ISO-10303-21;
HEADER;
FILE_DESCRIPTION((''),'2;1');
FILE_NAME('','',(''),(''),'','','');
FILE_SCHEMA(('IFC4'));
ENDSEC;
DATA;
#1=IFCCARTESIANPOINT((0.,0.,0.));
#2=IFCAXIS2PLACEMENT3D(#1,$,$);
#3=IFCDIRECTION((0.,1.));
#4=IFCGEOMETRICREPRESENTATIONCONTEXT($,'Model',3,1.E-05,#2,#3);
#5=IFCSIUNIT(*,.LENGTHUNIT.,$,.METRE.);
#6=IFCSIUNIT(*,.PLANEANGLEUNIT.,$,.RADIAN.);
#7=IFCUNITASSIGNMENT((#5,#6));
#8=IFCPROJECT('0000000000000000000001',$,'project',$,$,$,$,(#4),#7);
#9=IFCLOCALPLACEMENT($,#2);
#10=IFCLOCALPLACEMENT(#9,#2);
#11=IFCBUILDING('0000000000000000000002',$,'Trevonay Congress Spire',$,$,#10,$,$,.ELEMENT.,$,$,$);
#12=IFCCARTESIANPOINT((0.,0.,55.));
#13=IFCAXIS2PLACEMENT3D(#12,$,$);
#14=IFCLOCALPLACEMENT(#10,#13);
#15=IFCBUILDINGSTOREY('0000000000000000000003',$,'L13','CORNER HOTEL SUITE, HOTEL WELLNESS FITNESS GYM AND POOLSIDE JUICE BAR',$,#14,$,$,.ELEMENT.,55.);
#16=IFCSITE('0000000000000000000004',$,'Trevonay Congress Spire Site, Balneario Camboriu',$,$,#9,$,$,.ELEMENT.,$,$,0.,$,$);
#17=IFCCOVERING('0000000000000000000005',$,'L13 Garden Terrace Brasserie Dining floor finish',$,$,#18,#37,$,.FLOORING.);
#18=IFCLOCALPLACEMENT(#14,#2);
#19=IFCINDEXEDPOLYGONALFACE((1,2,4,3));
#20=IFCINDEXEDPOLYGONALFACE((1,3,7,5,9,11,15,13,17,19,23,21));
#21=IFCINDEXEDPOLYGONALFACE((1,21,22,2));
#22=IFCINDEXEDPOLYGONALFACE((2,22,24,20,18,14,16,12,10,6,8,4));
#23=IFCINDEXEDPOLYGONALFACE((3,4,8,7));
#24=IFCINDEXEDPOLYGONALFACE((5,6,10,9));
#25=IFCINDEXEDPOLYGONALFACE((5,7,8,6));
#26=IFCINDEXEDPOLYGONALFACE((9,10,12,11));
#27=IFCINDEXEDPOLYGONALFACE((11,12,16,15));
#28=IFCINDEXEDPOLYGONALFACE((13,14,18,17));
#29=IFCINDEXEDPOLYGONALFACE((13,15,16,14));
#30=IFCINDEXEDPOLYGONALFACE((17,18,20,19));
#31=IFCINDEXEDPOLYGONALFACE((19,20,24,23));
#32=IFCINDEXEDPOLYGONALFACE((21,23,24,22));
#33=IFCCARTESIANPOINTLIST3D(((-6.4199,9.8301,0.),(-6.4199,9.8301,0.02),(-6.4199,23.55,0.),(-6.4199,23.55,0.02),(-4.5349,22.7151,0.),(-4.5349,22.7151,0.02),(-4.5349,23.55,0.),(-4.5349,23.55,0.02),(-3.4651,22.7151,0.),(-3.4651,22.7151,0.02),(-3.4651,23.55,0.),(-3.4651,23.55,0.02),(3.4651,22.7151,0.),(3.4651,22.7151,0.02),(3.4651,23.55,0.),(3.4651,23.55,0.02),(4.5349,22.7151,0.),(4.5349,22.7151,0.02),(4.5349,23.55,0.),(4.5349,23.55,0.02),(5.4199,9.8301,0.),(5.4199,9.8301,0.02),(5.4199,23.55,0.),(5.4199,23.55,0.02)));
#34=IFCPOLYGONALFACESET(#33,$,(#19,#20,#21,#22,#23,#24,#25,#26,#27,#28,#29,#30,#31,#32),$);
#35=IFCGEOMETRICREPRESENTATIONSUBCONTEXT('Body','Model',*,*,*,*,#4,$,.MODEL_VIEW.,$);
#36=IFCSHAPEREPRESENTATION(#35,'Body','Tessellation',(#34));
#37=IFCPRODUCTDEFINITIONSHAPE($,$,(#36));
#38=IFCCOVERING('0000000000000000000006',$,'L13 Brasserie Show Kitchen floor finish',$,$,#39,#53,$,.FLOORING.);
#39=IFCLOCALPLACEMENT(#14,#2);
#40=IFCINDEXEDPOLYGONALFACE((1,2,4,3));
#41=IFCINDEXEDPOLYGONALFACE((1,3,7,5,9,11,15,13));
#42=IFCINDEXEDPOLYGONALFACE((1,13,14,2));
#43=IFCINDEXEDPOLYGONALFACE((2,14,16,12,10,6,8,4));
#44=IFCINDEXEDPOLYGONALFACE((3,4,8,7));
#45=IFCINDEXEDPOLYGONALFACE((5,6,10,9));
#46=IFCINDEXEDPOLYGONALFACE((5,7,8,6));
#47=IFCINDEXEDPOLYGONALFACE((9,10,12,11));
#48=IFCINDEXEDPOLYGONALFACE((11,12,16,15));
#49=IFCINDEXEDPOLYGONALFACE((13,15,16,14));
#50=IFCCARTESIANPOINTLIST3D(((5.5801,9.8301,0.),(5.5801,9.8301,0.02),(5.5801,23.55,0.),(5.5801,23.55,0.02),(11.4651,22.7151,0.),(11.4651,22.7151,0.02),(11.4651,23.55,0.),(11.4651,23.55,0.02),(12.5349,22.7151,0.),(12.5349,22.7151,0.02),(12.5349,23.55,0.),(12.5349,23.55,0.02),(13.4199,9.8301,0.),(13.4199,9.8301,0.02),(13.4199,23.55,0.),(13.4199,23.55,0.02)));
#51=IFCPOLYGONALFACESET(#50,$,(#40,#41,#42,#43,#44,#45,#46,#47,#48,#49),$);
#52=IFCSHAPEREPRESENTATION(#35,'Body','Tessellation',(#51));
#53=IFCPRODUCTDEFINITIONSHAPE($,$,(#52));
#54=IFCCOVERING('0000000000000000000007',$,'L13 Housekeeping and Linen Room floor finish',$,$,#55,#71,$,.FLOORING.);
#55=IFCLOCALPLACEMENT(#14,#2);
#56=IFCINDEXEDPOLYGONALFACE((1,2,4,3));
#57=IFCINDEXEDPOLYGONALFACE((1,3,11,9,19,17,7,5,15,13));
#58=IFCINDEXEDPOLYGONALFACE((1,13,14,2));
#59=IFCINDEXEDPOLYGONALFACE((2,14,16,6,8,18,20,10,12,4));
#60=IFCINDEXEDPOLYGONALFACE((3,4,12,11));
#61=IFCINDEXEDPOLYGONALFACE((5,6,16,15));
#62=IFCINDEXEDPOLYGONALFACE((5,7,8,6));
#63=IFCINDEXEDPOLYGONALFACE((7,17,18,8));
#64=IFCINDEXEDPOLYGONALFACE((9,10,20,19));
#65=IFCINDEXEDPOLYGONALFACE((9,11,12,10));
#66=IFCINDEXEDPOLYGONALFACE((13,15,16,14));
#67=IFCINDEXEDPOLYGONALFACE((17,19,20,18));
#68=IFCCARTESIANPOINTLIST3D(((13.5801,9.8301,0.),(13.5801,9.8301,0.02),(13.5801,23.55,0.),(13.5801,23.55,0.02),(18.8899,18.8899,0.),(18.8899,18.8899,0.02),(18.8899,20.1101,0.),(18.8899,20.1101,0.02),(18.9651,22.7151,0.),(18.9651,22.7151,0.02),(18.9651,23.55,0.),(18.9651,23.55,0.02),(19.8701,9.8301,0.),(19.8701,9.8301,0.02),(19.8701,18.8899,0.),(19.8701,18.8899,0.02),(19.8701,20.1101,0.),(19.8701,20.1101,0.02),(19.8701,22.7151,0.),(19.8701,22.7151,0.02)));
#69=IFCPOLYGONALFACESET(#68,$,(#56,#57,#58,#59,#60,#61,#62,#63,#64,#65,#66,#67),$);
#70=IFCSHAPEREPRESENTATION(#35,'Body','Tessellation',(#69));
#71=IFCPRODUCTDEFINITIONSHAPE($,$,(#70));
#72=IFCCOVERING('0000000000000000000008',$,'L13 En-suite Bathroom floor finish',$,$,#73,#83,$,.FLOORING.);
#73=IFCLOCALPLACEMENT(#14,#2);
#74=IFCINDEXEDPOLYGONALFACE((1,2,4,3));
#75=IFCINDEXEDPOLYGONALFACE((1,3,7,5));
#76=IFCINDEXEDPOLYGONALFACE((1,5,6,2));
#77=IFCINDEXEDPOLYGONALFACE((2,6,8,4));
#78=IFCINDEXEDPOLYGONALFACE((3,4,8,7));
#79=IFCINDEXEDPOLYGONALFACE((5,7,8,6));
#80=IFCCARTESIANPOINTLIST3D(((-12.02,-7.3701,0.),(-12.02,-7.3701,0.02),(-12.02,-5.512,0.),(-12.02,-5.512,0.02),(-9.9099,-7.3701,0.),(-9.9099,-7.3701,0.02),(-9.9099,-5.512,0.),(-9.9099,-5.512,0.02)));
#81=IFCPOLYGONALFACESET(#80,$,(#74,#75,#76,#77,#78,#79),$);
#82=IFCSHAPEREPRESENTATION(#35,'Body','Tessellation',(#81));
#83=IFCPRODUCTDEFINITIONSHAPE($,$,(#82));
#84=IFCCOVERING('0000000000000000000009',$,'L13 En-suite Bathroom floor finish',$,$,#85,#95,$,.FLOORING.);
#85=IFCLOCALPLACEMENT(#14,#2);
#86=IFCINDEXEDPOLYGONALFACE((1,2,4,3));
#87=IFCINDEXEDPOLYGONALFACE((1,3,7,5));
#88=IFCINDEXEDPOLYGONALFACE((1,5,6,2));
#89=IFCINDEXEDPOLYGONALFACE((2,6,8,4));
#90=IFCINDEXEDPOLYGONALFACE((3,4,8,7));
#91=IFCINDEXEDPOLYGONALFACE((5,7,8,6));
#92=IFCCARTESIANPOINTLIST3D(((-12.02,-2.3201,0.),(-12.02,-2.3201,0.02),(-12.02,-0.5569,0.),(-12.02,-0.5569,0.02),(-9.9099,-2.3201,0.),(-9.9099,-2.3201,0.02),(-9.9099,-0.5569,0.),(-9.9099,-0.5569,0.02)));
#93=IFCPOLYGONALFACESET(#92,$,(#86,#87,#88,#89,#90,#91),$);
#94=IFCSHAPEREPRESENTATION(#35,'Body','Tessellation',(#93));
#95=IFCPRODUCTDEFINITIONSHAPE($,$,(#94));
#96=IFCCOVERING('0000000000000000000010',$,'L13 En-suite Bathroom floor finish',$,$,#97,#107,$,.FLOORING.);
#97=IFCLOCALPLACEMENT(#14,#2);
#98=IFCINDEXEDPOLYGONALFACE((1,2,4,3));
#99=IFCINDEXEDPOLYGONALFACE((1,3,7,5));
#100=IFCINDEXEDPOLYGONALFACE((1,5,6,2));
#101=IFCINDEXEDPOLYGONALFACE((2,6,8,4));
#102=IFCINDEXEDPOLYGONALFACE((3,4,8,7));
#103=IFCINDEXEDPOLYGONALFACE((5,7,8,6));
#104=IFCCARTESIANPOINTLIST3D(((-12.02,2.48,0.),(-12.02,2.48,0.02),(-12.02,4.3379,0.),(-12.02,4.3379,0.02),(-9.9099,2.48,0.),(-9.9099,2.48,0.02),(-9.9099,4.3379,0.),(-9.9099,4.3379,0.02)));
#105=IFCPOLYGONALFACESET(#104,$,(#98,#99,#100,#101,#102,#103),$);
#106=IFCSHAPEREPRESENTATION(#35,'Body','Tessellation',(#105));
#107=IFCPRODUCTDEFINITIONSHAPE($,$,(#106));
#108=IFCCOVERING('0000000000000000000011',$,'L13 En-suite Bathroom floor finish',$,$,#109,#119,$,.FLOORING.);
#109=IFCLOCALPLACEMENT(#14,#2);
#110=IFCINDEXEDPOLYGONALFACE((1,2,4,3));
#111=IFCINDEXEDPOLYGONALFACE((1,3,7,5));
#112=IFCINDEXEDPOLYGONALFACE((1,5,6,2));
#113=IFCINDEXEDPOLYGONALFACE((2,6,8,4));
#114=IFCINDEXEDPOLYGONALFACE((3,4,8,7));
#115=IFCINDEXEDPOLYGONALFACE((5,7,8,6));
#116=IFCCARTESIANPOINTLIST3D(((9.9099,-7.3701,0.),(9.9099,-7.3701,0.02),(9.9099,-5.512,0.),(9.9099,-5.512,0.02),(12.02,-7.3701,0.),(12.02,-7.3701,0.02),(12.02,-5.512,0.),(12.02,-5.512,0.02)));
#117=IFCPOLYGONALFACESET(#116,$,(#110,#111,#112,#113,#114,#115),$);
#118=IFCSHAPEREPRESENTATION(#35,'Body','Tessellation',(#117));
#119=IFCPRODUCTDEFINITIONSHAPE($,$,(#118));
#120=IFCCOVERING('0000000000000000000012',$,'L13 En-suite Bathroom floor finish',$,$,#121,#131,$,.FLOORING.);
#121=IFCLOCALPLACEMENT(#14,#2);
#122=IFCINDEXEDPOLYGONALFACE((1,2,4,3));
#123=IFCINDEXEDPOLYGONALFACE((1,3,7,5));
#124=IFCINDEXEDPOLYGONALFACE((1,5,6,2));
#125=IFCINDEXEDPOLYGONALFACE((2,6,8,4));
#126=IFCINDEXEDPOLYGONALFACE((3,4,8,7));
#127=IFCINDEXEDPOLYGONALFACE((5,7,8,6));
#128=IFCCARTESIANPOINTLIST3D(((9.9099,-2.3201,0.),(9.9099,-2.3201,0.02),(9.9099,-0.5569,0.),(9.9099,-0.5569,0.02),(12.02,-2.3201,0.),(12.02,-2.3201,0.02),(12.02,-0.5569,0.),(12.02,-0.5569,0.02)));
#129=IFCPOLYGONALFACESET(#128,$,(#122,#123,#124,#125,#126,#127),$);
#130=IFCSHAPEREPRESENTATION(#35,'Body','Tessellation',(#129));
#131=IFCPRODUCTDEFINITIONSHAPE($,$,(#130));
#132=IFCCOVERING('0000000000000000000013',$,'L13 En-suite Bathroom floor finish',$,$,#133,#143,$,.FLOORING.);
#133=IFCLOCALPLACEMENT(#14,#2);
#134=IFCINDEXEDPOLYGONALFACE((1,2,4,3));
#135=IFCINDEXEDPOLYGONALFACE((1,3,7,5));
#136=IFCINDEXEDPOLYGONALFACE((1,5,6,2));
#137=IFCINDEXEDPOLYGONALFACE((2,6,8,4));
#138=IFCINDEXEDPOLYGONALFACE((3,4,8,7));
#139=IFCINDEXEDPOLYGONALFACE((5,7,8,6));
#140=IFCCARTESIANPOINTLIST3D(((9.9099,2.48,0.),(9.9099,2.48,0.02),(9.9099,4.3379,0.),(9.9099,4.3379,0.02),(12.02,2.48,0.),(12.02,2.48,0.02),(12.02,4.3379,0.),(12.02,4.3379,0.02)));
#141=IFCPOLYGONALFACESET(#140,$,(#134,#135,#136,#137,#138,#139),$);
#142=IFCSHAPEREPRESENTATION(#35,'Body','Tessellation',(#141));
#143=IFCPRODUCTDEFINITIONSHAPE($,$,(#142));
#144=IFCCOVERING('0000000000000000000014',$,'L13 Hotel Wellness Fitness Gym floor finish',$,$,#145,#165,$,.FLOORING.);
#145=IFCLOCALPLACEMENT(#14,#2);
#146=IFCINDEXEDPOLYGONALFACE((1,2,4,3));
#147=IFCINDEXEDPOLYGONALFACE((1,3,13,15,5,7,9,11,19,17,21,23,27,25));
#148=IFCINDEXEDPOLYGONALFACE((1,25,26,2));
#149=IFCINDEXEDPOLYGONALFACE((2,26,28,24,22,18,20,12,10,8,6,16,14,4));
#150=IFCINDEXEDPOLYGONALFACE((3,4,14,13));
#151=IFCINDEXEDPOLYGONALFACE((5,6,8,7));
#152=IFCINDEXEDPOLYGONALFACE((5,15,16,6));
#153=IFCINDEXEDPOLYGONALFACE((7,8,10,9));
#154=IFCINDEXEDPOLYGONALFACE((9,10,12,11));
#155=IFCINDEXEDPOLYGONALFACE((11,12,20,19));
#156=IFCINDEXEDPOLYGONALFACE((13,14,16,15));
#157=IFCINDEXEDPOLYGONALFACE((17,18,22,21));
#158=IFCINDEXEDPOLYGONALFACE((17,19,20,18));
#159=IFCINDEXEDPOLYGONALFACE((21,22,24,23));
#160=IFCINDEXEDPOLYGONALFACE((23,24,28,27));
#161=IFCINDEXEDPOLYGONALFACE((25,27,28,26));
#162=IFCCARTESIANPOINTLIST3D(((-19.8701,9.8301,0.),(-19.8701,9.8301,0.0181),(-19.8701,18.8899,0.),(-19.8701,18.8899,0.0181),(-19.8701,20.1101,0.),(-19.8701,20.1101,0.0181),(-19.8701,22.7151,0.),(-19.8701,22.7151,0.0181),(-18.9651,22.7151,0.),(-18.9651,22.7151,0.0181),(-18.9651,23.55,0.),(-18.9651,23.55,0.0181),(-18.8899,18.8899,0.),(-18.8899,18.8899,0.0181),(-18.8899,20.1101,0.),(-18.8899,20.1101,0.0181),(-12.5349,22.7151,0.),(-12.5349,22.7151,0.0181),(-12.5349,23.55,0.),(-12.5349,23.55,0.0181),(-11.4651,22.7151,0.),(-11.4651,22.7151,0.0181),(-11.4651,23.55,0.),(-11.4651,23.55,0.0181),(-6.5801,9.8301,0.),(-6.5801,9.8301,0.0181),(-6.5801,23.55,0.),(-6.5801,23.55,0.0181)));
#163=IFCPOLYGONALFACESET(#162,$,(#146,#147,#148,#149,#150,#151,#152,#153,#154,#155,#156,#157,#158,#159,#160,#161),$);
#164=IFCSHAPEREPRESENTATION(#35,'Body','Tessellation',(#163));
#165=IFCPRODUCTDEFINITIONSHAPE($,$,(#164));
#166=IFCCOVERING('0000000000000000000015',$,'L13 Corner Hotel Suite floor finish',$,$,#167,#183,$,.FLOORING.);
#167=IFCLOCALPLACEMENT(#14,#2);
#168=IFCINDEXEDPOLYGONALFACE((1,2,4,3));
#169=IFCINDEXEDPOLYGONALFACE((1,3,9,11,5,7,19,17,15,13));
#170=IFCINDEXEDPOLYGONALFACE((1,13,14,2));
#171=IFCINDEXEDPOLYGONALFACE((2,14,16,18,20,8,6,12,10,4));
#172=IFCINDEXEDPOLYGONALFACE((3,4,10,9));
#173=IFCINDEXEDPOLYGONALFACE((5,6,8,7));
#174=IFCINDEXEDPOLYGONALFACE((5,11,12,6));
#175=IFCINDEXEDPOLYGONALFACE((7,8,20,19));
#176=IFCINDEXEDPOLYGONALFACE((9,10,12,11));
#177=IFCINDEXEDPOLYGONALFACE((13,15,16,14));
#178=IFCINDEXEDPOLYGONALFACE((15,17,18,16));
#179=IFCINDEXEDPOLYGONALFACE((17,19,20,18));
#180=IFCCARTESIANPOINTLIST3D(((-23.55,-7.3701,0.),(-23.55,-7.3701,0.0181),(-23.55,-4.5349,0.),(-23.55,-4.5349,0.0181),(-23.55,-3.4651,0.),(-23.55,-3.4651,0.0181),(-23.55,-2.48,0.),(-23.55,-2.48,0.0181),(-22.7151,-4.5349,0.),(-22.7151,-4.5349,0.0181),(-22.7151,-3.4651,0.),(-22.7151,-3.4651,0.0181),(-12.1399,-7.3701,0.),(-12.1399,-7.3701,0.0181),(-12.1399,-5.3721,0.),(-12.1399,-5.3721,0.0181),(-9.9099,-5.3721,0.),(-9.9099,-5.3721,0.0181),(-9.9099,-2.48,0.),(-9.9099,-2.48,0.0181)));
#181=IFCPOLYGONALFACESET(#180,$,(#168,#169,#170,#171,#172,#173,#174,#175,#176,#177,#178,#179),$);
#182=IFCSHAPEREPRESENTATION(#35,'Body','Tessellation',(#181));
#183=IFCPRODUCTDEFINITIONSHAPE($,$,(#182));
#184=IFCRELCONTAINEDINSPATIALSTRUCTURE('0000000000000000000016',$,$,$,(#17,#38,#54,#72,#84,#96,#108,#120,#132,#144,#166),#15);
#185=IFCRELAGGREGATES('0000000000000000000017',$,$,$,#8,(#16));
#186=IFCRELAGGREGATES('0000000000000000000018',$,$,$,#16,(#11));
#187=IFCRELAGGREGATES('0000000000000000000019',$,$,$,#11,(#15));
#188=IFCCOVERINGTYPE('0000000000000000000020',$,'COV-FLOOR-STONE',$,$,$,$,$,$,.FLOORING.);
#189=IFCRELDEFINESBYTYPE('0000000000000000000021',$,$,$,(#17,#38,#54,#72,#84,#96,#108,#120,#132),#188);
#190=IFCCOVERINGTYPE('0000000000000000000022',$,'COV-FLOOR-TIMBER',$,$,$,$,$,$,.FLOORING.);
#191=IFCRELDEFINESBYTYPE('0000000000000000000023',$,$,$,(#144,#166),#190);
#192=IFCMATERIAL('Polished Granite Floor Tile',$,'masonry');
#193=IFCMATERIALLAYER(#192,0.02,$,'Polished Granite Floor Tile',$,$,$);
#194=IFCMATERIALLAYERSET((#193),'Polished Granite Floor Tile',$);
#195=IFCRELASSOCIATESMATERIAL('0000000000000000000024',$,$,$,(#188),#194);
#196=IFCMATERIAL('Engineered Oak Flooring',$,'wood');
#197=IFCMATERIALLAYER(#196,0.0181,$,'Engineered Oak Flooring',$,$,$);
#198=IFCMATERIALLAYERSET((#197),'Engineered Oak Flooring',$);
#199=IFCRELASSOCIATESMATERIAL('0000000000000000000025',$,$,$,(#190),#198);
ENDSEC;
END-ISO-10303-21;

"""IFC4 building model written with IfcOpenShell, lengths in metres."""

from ifc_helpers import new_model, si_unit, direction, frame, origin, place, context, subcontext, project, spatial, polyline, outline, extrude, material, layer, layer_set, type_object, element, save


model = new_model("IFC4")

# Units and contexts
model_context = context("Model", 3, precision=1e-05, world=origin(), true_north=direction((0.0, 1.0)))
body_context = subcontext(model_context, "Body", "Model", "MODEL_VIEW")
ifc_project = project(units=[si_unit("LENGTHUNIT", "METRE"), si_unit("PLANEANGLEUNIT", "RADIAN")], contexts=[model_context])

# Site, building, storey
site_placement = place(None, origin())
site = spatial("IfcSite", under=ifc_project, at=site_placement, Name="Trevonay Congress Spire Site, Balneario Camboriu", CompositionType="ELEMENT", RefElevation=0.0)
building_placement = place(site_placement, origin())
building = spatial("IfcBuilding", under=site, at=building_placement, Name="Trevonay Congress Spire", CompositionType="ELEMENT")
storey_placement = place(building_placement, frame((0.0, 0.0, 55.0)))
storey = spatial("IfcBuildingStorey", under=building, at=storey_placement, Name="L13", Description="CORNER HOTEL SUITE, HOTEL WELLNESS FITNESS GYM AND POOLSIDE JUICE BAR", CompositionType="ELEMENT", Elevation=55.0)

# Coverings
ifc_material_1 = material(Name="Polished Granite Floor Tile", Category="masonry")
ifc_layer_1 = layer(ifc_material_1, 0.02, Name="Polished Granite Floor Tile")
ifc_layer_set_1 = layer_set([ifc_layer_1], Name="Polished Granite Floor Tile")
covering_type_1 = type_object("IfcCoveringType", Name="COV-FLOOR-STONE", PredefinedType="FLOORING", material=ifc_layer_set_1)
covering_1_placement = place(storey_placement, origin())
element("IfcCovering", 1, at=covering_1_placement, inside=storey, type_object=covering_type_1, Name="L13 Garden Terrace Brasserie Dining floor finish", PredefinedType="FLOORING", context=body_context, shape_type="SweptSolid", body=[
    extrude(outline(polyline([(5.4199, 23.55), (5.4199, 9.8301), (-6.4199, 9.8301), (-6.4199, 23.55), (-4.5349, 23.55), (-4.5349, 22.7151), (-3.4651, 22.7151), (-3.4651, 23.55), (3.4651, 23.55), (3.4651, 22.7151), (4.5349, 22.7151), (4.5349, 23.55), (5.4199, 23.55)])), origin(), (0.0, 0.0, 1.0), 0.02),
])
covering_2_placement = place(storey_placement, origin())
element("IfcCovering", 2, at=covering_2_placement, inside=storey, type_object=covering_type_1, Name="L13 Brasserie Show Kitchen floor finish", PredefinedType="FLOORING", context=body_context, shape_type="SweptSolid", body=[
    extrude(outline(polyline([(13.4199, 23.55), (13.4199, 9.8301), (5.5801, 9.8301), (5.5801, 23.55), (11.4651, 23.55), (11.4651, 22.7151), (12.5349, 22.7151), (12.5349, 23.55), (13.4199, 23.55)])), origin(), (0.0, 0.0, 1.0), 0.02),
])
covering_3_placement = place(storey_placement, origin())
element("IfcCovering", 3, at=covering_3_placement, inside=storey, type_object=covering_type_1, Name="L13 Housekeeping and Linen Room floor finish", PredefinedType="FLOORING", context=body_context, shape_type="SweptSolid", body=[
    extrude(outline(polyline([(19.8701, 9.8301), (13.5801, 9.8301), (13.5801, 23.55), (18.9651, 23.55), (18.9651, 22.7151), (19.8701, 22.7151), (19.8701, 20.1101), (18.8899, 20.1101), (18.8899, 18.8899), (19.8701, 18.8899), (19.8701, 9.8301)])), origin(), (0.0, 0.0, 1.0), 0.02),
])
covering_4_placement = place(storey_placement, origin())
element("IfcCovering", 4, at=covering_4_placement, inside=storey, type_object=covering_type_1, Name="L13 En-suite Bathroom floor finish", PredefinedType="FLOORING", context=body_context, shape_type="SweptSolid", body=[
    extrude(outline(polyline([(-12.02, -7.3701), (-9.9099, -7.3701), (-9.9099, -5.512), (-12.02, -5.512), (-12.02, -7.3701)])), origin(), (0.0, 0.0, 1.0), 0.02),
])
covering_5_placement = place(storey_placement, origin())
element("IfcCovering", 5, at=covering_5_placement, inside=storey, type_object=covering_type_1, Name="L13 En-suite Bathroom floor finish", PredefinedType="FLOORING", context=body_context, shape_type="SweptSolid", body=[
    extrude(outline(polyline([(-12.02, -2.3201), (-9.9099, -2.3201), (-9.9099, -0.5569), (-12.02, -0.5569), (-12.02, -2.3201)])), origin(), (0.0, 0.0, 1.0), 0.02),
])
covering_6_placement = place(storey_placement, origin())
element("IfcCovering", 6, at=covering_6_placement, inside=storey, type_object=covering_type_1, Name="L13 En-suite Bathroom floor finish", PredefinedType="FLOORING", context=body_context, shape_type="SweptSolid", body=[
    extrude(outline(polyline([(-12.02, 2.48), (-9.9099, 2.48), (-9.9099, 4.3379), (-12.02, 4.3379), (-12.02, 2.48)])), origin(), (0.0, 0.0, 1.0), 0.02),
])
covering_7_placement = place(storey_placement, origin())
element("IfcCovering", 7, at=covering_7_placement, inside=storey, type_object=covering_type_1, Name="L13 En-suite Bathroom floor finish", PredefinedType="FLOORING", context=body_context, shape_type="SweptSolid", body=[
    extrude(outline(polyline([(9.9099, -7.3701), (12.02, -7.3701), (12.02, -5.512), (9.9099, -5.512), (9.9099, -7.3701)])), origin(), (0.0, 0.0, 1.0), 0.02),
])
covering_8_placement = place(storey_placement, origin())
element("IfcCovering", 8, at=covering_8_placement, inside=storey, type_object=covering_type_1, Name="L13 En-suite Bathroom floor finish", PredefinedType="FLOORING", context=body_context, shape_type="SweptSolid", body=[
    extrude(outline(polyline([(9.9099, -2.3201), (12.02, -2.3201), (12.02, -0.5569), (9.9099, -0.5569), (9.9099, -2.3201)])), origin(), (0.0, 0.0, 1.0), 0.02),
])
covering_9_placement = place(storey_placement, origin())
element("IfcCovering", 9, at=covering_9_placement, inside=storey, type_object=covering_type_1, Name="L13 En-suite Bathroom floor finish", PredefinedType="FLOORING", context=body_context, shape_type="SweptSolid", body=[
    extrude(outline(polyline([(9.9099, 2.48), (12.02, 2.48), (12.02, 4.3379), (9.9099, 4.3379), (9.9099, 2.48)])), origin(), (0.0, 0.0, 1.0), 0.02),
])
ifc_material_2 = material(Name="Engineered Oak Flooring", Category="wood")
ifc_layer_2 = layer(ifc_material_2, 0.0181, Name="Engineered Oak Flooring")
ifc_layer_set_2 = layer_set([ifc_layer_2], Name="Engineered Oak Flooring")
covering_type_2 = type_object("IfcCoveringType", Name="COV-FLOOR-TIMBER", PredefinedType="FLOORING", material=ifc_layer_set_2)
covering_10_placement = place(storey_placement, origin())
element("IfcCovering", 10, at=covering_10_placement, inside=storey, type_object=covering_type_2, Name="L13 Hotel Wellness Fitness Gym floor finish", PredefinedType="FLOORING", context=body_context, shape_type="SweptSolid", body=[
    extrude(outline(polyline([(-6.5801, 23.55), (-6.5801, 9.8301), (-19.8701, 9.8301), (-19.8701, 18.8899), (-18.8899, 18.8899), (-18.8899, 20.1101), (-19.8701, 20.1101), (-19.8701, 22.7151), (-18.9651, 22.7151), (-18.9651, 23.55), (-12.5349, 23.55), (-12.5349, 22.7151), (-11.4651, 22.7151), (-11.4651, 23.55), (-6.5801, 23.55)])), origin(), (0.0, 0.0, 1.0), 0.0181),
])
covering_11_placement = place(storey_placement, origin())
element("IfcCovering", 11, at=covering_11_placement, inside=storey, type_object=covering_type_2, Name="L13 Corner Hotel Suite floor finish", PredefinedType="FLOORING", context=body_context, shape_type="SweptSolid", body=[
    extrude(outline(polyline([(-23.55, -4.5349), (-22.7151, -4.5349), (-22.7151, -3.4651), (-23.55, -3.4651), (-23.55, -2.48), (-9.9099, -2.48), (-9.9099, -5.3721), (-12.1399, -5.3721), (-12.1399, -7.3701), (-23.55, -7.3701), (-23.55, -4.5349)])), origin(), (0.0, 0.0, 1.0), 0.0181),
])

save(model, "model.ifc")
